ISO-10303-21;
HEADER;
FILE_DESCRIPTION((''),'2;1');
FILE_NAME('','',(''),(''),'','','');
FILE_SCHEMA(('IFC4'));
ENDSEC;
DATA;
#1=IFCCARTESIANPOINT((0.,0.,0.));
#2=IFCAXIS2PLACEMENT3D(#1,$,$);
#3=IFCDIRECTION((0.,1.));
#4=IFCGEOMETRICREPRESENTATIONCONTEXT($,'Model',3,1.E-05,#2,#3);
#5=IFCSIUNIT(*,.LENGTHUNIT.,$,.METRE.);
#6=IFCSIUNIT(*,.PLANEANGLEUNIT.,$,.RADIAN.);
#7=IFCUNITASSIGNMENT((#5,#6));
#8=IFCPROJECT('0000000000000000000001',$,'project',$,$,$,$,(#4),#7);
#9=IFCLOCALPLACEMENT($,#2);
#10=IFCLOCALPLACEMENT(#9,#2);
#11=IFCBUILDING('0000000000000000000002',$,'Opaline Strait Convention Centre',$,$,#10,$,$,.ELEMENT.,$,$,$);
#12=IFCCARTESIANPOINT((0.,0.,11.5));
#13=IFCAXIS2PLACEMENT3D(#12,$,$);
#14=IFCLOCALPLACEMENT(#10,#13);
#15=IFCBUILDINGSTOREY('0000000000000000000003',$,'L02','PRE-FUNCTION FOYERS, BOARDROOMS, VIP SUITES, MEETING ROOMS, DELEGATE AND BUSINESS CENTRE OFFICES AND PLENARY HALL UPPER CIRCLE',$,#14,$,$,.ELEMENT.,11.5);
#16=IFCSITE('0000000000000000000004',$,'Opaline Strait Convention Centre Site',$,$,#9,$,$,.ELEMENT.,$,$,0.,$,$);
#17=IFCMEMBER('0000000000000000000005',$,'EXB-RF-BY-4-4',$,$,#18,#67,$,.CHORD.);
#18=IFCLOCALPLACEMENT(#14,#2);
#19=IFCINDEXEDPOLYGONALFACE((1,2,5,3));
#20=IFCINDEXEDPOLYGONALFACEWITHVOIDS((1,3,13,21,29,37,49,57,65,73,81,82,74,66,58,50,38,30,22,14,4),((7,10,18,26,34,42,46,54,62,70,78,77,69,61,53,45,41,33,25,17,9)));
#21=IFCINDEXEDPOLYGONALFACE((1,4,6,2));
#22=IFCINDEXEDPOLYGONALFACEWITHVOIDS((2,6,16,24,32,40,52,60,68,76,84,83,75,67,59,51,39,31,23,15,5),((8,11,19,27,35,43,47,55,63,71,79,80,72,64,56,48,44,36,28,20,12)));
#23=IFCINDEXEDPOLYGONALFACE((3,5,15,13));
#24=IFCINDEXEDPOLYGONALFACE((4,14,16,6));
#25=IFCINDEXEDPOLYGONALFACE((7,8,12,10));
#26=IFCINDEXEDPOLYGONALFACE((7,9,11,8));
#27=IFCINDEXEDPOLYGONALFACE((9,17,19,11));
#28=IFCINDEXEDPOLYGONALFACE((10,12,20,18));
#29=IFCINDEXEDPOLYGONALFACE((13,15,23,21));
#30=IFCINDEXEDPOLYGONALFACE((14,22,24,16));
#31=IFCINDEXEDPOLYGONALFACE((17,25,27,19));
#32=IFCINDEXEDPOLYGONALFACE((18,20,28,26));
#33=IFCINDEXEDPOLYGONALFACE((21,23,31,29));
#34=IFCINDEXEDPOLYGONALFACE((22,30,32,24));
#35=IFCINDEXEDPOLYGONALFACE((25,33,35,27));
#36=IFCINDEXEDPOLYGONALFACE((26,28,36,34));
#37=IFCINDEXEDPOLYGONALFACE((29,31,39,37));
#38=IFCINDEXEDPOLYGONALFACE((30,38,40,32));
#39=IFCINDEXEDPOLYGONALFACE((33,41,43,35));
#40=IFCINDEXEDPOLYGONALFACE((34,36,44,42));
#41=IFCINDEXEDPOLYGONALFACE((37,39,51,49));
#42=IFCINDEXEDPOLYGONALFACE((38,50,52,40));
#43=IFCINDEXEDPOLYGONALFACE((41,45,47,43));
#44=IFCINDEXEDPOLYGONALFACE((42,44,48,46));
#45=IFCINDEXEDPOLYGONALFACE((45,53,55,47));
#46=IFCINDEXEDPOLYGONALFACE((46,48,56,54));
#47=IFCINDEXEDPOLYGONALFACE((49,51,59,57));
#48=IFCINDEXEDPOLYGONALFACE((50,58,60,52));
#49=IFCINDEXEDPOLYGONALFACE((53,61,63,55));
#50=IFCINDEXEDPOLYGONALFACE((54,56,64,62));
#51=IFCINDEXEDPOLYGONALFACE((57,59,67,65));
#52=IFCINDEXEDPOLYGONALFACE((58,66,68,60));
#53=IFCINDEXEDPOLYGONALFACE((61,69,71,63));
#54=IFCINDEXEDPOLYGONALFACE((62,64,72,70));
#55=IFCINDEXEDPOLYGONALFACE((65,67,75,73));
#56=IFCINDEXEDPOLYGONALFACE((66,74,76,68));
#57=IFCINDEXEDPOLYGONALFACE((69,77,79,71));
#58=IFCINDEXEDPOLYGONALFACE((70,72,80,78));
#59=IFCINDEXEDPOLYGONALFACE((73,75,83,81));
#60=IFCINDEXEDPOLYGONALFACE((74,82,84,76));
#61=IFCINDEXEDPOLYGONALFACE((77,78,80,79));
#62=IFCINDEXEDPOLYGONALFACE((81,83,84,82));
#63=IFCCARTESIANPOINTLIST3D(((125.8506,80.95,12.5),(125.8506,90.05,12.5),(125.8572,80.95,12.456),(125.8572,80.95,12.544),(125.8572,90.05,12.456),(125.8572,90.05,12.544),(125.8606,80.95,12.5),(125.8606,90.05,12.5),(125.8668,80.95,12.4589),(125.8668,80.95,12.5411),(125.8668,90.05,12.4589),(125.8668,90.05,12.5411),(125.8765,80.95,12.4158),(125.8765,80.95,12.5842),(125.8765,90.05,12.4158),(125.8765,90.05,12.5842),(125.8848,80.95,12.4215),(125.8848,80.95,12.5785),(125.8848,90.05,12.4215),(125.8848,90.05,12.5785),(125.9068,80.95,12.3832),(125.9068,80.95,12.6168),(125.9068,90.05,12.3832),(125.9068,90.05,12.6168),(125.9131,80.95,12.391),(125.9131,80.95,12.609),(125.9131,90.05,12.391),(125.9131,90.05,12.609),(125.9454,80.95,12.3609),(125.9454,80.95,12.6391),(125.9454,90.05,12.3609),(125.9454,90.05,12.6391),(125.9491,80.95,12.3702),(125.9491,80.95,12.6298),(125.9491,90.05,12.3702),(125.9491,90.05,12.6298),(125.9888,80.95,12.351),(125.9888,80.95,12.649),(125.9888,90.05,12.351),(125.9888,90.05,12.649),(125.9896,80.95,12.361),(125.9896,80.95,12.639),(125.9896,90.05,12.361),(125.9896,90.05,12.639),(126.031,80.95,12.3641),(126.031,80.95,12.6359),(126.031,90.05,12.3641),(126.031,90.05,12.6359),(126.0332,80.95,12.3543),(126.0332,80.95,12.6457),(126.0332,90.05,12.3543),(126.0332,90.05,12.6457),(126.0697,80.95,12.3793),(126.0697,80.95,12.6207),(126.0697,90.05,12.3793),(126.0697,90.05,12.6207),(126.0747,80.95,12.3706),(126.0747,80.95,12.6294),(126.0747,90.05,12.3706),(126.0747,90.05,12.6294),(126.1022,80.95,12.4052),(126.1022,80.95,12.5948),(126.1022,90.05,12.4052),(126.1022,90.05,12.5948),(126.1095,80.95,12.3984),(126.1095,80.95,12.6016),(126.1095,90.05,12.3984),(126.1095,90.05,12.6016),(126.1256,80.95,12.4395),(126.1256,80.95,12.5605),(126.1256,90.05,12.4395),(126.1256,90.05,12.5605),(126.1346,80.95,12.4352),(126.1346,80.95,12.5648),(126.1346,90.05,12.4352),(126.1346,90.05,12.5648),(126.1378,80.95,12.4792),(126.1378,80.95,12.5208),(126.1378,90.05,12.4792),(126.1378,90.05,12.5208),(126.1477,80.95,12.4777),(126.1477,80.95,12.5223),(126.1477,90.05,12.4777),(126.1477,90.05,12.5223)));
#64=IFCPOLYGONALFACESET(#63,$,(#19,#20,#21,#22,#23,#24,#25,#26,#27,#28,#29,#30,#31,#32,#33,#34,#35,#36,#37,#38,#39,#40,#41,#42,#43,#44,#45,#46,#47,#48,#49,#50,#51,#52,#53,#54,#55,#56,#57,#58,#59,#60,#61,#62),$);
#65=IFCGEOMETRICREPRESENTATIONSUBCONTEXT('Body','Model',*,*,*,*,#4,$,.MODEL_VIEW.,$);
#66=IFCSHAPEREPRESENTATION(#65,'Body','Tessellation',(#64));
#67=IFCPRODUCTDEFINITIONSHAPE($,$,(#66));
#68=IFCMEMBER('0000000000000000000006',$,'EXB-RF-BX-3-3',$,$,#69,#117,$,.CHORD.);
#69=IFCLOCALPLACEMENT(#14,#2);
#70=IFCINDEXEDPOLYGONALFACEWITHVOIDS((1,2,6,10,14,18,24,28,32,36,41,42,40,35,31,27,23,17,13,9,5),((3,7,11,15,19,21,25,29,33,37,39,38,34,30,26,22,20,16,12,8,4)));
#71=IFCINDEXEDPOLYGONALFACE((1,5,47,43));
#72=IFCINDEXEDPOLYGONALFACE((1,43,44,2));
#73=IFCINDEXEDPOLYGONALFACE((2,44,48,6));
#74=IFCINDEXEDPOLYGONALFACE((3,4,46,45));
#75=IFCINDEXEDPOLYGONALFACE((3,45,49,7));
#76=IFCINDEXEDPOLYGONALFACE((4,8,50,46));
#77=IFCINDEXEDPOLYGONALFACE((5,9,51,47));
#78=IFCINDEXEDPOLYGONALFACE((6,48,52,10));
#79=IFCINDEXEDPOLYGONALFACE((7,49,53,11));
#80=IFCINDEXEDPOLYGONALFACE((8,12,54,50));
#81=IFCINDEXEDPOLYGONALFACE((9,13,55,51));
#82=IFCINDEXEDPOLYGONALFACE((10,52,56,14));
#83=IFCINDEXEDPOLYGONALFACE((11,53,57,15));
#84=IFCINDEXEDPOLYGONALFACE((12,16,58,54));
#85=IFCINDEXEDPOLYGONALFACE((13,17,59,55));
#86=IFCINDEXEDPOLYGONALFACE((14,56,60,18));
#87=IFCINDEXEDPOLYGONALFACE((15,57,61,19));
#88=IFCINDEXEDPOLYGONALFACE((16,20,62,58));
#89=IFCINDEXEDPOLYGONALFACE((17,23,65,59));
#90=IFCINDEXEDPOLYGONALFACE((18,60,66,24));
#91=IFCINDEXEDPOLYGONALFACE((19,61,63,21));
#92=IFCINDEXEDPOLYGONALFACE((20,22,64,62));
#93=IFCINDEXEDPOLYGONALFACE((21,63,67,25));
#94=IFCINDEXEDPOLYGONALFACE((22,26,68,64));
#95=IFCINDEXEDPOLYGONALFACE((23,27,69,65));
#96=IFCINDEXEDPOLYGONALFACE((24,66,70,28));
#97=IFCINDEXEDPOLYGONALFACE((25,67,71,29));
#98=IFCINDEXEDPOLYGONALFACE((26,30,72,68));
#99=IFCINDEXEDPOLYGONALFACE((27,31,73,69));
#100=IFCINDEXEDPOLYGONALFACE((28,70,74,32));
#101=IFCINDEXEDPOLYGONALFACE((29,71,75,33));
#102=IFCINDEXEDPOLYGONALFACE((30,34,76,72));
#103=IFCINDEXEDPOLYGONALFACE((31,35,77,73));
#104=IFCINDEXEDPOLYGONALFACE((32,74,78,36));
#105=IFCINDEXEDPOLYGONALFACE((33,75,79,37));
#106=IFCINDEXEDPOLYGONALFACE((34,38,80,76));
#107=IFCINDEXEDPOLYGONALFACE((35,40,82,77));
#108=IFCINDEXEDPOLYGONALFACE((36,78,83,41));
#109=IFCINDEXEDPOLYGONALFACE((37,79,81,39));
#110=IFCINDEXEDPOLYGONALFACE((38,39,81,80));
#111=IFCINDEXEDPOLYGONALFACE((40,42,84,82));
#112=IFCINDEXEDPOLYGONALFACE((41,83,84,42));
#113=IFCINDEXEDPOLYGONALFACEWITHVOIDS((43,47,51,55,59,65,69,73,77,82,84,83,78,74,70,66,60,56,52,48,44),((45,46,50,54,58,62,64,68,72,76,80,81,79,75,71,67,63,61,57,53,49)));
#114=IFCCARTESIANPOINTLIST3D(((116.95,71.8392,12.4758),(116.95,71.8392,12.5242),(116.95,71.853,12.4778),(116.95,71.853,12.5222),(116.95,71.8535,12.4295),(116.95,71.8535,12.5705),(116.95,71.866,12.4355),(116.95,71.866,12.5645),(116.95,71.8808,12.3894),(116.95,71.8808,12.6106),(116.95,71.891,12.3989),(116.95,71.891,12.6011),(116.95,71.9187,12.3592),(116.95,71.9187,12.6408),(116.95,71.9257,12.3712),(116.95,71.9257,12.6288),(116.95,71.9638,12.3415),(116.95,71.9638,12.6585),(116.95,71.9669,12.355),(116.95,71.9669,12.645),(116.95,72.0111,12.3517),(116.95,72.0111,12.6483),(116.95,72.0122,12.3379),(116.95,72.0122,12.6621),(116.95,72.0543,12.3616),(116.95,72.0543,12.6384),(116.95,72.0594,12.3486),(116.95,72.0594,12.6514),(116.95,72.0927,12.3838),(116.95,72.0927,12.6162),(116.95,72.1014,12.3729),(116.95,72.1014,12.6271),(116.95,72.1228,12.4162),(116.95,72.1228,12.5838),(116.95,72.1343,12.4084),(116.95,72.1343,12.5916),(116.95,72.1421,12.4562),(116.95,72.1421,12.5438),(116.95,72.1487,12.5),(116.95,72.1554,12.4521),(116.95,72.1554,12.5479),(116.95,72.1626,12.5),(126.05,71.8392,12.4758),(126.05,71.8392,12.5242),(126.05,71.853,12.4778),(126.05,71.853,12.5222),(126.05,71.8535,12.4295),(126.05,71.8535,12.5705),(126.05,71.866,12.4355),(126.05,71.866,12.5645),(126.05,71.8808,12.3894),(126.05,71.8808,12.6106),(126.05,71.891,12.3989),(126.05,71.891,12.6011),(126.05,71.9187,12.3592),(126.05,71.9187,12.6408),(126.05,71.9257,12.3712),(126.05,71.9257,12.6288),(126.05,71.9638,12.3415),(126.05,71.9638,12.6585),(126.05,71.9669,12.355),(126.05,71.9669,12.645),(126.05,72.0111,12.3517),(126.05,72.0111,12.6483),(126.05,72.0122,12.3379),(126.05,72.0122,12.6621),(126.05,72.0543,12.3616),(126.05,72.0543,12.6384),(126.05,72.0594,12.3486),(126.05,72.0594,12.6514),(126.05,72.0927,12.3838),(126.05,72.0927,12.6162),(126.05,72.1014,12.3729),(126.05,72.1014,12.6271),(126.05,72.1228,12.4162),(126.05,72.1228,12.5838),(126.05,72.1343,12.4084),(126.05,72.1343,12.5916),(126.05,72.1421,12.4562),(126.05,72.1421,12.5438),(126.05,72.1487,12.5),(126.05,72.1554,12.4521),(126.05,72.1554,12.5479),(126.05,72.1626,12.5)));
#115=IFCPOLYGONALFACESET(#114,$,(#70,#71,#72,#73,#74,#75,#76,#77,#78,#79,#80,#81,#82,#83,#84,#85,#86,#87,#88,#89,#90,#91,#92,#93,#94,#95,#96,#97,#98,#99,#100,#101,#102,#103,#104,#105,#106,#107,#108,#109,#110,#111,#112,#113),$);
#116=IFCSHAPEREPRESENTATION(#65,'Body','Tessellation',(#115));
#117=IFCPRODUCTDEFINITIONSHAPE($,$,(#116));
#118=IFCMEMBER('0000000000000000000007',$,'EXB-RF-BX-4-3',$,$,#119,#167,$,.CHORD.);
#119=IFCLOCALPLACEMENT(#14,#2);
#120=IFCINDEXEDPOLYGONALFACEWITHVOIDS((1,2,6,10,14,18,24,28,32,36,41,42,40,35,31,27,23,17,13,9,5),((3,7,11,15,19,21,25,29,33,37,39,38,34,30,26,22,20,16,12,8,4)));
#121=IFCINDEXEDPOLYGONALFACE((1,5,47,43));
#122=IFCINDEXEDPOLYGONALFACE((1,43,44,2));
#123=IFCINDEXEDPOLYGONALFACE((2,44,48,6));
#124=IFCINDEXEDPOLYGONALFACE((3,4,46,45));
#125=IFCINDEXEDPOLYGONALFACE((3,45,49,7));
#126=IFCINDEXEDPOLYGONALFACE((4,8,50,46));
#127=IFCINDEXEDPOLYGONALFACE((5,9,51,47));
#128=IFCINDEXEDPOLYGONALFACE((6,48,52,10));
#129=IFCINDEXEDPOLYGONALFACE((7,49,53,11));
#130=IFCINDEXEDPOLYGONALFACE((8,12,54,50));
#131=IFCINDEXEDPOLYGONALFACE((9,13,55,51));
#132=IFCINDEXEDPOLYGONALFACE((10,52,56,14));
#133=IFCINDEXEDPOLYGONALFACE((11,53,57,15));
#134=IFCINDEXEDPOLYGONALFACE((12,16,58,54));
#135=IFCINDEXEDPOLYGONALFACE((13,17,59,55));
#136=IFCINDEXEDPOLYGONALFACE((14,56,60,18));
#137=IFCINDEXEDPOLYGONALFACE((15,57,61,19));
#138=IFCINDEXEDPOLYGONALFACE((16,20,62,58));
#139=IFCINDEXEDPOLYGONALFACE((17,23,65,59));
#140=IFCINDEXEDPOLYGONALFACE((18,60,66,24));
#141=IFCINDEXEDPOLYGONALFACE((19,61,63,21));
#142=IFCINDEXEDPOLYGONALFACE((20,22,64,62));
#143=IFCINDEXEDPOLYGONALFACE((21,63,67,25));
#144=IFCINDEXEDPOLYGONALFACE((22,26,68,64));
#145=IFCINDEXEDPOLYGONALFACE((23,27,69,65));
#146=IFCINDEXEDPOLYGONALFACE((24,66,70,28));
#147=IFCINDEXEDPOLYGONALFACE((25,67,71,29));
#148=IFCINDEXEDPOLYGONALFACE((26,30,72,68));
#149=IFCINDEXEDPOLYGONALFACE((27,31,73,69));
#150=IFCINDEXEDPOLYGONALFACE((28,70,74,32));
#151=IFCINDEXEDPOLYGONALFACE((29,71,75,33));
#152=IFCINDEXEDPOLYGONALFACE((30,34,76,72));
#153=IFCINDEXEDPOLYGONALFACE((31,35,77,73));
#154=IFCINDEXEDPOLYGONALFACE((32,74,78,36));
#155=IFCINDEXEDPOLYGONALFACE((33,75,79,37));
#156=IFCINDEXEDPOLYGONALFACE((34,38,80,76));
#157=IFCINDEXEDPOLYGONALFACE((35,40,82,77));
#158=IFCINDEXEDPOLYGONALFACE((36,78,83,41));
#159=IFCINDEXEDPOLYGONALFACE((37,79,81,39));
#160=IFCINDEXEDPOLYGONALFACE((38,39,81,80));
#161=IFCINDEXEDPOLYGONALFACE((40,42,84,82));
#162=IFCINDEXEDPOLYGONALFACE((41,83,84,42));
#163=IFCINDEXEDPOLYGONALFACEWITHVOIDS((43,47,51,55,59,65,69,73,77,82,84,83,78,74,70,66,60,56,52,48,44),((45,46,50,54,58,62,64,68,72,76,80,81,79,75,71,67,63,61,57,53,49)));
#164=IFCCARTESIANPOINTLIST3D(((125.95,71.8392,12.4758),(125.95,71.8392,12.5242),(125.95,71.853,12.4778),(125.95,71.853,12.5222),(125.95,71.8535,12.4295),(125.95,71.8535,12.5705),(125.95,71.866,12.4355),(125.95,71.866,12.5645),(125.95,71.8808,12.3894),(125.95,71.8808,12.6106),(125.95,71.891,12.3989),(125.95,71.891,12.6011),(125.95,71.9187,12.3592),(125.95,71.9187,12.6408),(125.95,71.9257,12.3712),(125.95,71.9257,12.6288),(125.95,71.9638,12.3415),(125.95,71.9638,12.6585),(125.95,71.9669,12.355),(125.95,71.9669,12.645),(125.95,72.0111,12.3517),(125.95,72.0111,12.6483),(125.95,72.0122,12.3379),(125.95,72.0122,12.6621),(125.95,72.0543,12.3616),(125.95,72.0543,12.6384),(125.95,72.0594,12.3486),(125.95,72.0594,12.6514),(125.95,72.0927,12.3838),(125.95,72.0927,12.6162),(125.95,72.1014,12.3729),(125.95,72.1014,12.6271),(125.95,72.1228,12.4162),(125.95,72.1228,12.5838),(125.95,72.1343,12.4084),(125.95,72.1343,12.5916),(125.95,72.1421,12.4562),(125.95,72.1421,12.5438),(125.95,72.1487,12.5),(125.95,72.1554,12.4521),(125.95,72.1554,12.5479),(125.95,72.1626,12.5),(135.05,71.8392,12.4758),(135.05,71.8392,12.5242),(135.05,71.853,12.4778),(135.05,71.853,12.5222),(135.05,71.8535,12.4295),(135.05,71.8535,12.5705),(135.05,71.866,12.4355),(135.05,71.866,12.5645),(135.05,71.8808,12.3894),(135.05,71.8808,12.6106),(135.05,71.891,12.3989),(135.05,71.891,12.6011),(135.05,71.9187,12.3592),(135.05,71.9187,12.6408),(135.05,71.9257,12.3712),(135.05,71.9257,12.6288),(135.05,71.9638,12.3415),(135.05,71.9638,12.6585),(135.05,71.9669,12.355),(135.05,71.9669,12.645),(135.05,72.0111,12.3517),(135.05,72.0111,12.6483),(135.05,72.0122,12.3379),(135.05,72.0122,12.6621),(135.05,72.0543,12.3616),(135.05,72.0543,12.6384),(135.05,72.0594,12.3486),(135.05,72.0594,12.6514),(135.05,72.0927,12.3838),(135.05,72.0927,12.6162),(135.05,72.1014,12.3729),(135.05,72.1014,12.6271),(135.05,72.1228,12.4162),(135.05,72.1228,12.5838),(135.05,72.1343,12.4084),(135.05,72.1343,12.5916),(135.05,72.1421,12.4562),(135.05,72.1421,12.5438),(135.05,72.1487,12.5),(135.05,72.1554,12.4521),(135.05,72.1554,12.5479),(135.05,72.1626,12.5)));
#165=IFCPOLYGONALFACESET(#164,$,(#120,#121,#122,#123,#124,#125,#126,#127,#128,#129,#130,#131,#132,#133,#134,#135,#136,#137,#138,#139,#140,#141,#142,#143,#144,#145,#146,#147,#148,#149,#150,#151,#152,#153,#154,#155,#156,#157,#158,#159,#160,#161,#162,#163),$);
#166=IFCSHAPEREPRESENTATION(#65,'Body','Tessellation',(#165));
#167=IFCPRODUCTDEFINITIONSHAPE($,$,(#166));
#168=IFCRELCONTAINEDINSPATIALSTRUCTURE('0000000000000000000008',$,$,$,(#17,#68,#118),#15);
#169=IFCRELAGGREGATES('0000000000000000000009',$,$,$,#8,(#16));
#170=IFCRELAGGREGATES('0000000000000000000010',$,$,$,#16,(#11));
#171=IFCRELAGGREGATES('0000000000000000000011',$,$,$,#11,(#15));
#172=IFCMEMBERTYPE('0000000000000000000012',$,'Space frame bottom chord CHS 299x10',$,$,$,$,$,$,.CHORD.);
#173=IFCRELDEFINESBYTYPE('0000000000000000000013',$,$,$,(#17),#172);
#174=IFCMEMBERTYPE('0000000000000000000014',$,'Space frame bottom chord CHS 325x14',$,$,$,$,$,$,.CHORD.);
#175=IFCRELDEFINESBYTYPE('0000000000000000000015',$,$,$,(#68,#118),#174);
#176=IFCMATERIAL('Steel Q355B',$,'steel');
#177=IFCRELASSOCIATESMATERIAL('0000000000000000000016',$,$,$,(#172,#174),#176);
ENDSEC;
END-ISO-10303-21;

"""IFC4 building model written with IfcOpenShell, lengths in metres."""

from ifc_helpers import new_model, si_unit, direction, frame, origin, origin_2d, place, context, subcontext, project, spatial, hollow_circle, extrude, material, material_profile, profile_set, type_object, element, save


model = new_model("IFC4")

# Units and contexts
model_context = context("Model", 3, precision=1e-05, world=origin(), true_north=direction((0.0, 1.0)))
body_context = subcontext(model_context, "Body", "Model", "MODEL_VIEW")
ifc_project = project(units=[si_unit("LENGTHUNIT", "METRE"), si_unit("PLANEANGLEUNIT", "RADIAN")], contexts=[model_context])

# Site, building, storey
site_placement = place(None, origin())
site = spatial("IfcSite", under=ifc_project, at=site_placement, Name="Opaline Strait Convention Centre Site", CompositionType="ELEMENT", RefElevation=0.0)
building_placement = place(site_placement, origin())
building = spatial("IfcBuilding", under=site, at=building_placement, Name="Opaline Strait Convention Centre", CompositionType="ELEMENT")
storey_placement = place(building_placement, frame((0.0, 0.0, 11.5)))
storey = spatial("IfcBuildingStorey", under=building, at=storey_placement, Name="L02", Description="PRE-FUNCTION FOYERS, BOARDROOMS, VIP SUITES, MEETING ROOMS, DELEGATE AND BUSINESS CENTRE OFFICES AND PLENARY HALL UPPER CIRCLE", CompositionType="ELEMENT", Elevation=11.5)

# Members
ifc_material_1 = material(Name="Steel Q355B", Category="steel")
ifc_material_profile_1 = material_profile(ifc_material_1, hollow_circle(Radius=0.1494, WallThickness=0.01, at=origin_2d()), Name="CHS 299x10")
ifc_profile_set_1 = profile_set([ifc_material_profile_1], Name="Steel Q355B")
member_type_1 = type_object("IfcMemberType", Name="Space frame bottom chord CHS 299x10", PredefinedType="CHORD", material=ifc_profile_set_1)
for number, where, z_axis, x_axis, name in (
    (1, (126.0, 80.95, 12.5), (0.0, 1.0, 0.0), (-1.0, 0.0, 0.0), "EXB-RF-BY-4-4"),
):
    element("IfcMember", number, at=place(storey_placement, frame(where, z_axis=z_axis, x_axis=x_axis)), inside=storey, type_object=member_type_1, Name=name, PredefinedType="CHORD", context=body_context, shape_type="SweptSolid", body=[
        extrude(hollow_circle(Radius=0.1494, WallThickness=0.01, at=origin_2d()), origin(), (0.0, 0.0, 1.0), 9.1001),
    ])
ifc_material_profile_2 = material_profile(ifc_material_1, hollow_circle(Radius=0.1626, WallThickness=0.0139, at=origin_2d()), Name="CHS 325x14")
ifc_profile_set_2 = profile_set([ifc_material_profile_2], Name="Steel Q355B")
member_type_2 = type_object("IfcMemberType", Name="Space frame bottom chord CHS 325x14", PredefinedType="CHORD", material=ifc_profile_set_2)
for number, where, z_axis, x_axis, name in (
    (2, (116.95, 72.0, 12.5), (1.0, 0.0, 0.0), (0.0, 1.0, 0.0), "EXB-RF-BX-3-3"),
    (3, (125.95, 72.0, 12.5), (1.0, 0.0, 0.0), (0.0, 1.0, 0.0), "EXB-RF-BX-4-3"),
):
    element("IfcMember", number, at=place(storey_placement, frame(where, z_axis=z_axis, x_axis=x_axis)), inside=storey, type_object=member_type_2, Name=name, PredefinedType="CHORD", context=body_context, shape_type="SweptSolid", body=[
        extrude(hollow_circle(Radius=0.1626, WallThickness=0.0139, at=origin_2d()), origin(), (0.0, 0.0, 1.0), 9.1001),
    ])

save(model, "model.ifc")
